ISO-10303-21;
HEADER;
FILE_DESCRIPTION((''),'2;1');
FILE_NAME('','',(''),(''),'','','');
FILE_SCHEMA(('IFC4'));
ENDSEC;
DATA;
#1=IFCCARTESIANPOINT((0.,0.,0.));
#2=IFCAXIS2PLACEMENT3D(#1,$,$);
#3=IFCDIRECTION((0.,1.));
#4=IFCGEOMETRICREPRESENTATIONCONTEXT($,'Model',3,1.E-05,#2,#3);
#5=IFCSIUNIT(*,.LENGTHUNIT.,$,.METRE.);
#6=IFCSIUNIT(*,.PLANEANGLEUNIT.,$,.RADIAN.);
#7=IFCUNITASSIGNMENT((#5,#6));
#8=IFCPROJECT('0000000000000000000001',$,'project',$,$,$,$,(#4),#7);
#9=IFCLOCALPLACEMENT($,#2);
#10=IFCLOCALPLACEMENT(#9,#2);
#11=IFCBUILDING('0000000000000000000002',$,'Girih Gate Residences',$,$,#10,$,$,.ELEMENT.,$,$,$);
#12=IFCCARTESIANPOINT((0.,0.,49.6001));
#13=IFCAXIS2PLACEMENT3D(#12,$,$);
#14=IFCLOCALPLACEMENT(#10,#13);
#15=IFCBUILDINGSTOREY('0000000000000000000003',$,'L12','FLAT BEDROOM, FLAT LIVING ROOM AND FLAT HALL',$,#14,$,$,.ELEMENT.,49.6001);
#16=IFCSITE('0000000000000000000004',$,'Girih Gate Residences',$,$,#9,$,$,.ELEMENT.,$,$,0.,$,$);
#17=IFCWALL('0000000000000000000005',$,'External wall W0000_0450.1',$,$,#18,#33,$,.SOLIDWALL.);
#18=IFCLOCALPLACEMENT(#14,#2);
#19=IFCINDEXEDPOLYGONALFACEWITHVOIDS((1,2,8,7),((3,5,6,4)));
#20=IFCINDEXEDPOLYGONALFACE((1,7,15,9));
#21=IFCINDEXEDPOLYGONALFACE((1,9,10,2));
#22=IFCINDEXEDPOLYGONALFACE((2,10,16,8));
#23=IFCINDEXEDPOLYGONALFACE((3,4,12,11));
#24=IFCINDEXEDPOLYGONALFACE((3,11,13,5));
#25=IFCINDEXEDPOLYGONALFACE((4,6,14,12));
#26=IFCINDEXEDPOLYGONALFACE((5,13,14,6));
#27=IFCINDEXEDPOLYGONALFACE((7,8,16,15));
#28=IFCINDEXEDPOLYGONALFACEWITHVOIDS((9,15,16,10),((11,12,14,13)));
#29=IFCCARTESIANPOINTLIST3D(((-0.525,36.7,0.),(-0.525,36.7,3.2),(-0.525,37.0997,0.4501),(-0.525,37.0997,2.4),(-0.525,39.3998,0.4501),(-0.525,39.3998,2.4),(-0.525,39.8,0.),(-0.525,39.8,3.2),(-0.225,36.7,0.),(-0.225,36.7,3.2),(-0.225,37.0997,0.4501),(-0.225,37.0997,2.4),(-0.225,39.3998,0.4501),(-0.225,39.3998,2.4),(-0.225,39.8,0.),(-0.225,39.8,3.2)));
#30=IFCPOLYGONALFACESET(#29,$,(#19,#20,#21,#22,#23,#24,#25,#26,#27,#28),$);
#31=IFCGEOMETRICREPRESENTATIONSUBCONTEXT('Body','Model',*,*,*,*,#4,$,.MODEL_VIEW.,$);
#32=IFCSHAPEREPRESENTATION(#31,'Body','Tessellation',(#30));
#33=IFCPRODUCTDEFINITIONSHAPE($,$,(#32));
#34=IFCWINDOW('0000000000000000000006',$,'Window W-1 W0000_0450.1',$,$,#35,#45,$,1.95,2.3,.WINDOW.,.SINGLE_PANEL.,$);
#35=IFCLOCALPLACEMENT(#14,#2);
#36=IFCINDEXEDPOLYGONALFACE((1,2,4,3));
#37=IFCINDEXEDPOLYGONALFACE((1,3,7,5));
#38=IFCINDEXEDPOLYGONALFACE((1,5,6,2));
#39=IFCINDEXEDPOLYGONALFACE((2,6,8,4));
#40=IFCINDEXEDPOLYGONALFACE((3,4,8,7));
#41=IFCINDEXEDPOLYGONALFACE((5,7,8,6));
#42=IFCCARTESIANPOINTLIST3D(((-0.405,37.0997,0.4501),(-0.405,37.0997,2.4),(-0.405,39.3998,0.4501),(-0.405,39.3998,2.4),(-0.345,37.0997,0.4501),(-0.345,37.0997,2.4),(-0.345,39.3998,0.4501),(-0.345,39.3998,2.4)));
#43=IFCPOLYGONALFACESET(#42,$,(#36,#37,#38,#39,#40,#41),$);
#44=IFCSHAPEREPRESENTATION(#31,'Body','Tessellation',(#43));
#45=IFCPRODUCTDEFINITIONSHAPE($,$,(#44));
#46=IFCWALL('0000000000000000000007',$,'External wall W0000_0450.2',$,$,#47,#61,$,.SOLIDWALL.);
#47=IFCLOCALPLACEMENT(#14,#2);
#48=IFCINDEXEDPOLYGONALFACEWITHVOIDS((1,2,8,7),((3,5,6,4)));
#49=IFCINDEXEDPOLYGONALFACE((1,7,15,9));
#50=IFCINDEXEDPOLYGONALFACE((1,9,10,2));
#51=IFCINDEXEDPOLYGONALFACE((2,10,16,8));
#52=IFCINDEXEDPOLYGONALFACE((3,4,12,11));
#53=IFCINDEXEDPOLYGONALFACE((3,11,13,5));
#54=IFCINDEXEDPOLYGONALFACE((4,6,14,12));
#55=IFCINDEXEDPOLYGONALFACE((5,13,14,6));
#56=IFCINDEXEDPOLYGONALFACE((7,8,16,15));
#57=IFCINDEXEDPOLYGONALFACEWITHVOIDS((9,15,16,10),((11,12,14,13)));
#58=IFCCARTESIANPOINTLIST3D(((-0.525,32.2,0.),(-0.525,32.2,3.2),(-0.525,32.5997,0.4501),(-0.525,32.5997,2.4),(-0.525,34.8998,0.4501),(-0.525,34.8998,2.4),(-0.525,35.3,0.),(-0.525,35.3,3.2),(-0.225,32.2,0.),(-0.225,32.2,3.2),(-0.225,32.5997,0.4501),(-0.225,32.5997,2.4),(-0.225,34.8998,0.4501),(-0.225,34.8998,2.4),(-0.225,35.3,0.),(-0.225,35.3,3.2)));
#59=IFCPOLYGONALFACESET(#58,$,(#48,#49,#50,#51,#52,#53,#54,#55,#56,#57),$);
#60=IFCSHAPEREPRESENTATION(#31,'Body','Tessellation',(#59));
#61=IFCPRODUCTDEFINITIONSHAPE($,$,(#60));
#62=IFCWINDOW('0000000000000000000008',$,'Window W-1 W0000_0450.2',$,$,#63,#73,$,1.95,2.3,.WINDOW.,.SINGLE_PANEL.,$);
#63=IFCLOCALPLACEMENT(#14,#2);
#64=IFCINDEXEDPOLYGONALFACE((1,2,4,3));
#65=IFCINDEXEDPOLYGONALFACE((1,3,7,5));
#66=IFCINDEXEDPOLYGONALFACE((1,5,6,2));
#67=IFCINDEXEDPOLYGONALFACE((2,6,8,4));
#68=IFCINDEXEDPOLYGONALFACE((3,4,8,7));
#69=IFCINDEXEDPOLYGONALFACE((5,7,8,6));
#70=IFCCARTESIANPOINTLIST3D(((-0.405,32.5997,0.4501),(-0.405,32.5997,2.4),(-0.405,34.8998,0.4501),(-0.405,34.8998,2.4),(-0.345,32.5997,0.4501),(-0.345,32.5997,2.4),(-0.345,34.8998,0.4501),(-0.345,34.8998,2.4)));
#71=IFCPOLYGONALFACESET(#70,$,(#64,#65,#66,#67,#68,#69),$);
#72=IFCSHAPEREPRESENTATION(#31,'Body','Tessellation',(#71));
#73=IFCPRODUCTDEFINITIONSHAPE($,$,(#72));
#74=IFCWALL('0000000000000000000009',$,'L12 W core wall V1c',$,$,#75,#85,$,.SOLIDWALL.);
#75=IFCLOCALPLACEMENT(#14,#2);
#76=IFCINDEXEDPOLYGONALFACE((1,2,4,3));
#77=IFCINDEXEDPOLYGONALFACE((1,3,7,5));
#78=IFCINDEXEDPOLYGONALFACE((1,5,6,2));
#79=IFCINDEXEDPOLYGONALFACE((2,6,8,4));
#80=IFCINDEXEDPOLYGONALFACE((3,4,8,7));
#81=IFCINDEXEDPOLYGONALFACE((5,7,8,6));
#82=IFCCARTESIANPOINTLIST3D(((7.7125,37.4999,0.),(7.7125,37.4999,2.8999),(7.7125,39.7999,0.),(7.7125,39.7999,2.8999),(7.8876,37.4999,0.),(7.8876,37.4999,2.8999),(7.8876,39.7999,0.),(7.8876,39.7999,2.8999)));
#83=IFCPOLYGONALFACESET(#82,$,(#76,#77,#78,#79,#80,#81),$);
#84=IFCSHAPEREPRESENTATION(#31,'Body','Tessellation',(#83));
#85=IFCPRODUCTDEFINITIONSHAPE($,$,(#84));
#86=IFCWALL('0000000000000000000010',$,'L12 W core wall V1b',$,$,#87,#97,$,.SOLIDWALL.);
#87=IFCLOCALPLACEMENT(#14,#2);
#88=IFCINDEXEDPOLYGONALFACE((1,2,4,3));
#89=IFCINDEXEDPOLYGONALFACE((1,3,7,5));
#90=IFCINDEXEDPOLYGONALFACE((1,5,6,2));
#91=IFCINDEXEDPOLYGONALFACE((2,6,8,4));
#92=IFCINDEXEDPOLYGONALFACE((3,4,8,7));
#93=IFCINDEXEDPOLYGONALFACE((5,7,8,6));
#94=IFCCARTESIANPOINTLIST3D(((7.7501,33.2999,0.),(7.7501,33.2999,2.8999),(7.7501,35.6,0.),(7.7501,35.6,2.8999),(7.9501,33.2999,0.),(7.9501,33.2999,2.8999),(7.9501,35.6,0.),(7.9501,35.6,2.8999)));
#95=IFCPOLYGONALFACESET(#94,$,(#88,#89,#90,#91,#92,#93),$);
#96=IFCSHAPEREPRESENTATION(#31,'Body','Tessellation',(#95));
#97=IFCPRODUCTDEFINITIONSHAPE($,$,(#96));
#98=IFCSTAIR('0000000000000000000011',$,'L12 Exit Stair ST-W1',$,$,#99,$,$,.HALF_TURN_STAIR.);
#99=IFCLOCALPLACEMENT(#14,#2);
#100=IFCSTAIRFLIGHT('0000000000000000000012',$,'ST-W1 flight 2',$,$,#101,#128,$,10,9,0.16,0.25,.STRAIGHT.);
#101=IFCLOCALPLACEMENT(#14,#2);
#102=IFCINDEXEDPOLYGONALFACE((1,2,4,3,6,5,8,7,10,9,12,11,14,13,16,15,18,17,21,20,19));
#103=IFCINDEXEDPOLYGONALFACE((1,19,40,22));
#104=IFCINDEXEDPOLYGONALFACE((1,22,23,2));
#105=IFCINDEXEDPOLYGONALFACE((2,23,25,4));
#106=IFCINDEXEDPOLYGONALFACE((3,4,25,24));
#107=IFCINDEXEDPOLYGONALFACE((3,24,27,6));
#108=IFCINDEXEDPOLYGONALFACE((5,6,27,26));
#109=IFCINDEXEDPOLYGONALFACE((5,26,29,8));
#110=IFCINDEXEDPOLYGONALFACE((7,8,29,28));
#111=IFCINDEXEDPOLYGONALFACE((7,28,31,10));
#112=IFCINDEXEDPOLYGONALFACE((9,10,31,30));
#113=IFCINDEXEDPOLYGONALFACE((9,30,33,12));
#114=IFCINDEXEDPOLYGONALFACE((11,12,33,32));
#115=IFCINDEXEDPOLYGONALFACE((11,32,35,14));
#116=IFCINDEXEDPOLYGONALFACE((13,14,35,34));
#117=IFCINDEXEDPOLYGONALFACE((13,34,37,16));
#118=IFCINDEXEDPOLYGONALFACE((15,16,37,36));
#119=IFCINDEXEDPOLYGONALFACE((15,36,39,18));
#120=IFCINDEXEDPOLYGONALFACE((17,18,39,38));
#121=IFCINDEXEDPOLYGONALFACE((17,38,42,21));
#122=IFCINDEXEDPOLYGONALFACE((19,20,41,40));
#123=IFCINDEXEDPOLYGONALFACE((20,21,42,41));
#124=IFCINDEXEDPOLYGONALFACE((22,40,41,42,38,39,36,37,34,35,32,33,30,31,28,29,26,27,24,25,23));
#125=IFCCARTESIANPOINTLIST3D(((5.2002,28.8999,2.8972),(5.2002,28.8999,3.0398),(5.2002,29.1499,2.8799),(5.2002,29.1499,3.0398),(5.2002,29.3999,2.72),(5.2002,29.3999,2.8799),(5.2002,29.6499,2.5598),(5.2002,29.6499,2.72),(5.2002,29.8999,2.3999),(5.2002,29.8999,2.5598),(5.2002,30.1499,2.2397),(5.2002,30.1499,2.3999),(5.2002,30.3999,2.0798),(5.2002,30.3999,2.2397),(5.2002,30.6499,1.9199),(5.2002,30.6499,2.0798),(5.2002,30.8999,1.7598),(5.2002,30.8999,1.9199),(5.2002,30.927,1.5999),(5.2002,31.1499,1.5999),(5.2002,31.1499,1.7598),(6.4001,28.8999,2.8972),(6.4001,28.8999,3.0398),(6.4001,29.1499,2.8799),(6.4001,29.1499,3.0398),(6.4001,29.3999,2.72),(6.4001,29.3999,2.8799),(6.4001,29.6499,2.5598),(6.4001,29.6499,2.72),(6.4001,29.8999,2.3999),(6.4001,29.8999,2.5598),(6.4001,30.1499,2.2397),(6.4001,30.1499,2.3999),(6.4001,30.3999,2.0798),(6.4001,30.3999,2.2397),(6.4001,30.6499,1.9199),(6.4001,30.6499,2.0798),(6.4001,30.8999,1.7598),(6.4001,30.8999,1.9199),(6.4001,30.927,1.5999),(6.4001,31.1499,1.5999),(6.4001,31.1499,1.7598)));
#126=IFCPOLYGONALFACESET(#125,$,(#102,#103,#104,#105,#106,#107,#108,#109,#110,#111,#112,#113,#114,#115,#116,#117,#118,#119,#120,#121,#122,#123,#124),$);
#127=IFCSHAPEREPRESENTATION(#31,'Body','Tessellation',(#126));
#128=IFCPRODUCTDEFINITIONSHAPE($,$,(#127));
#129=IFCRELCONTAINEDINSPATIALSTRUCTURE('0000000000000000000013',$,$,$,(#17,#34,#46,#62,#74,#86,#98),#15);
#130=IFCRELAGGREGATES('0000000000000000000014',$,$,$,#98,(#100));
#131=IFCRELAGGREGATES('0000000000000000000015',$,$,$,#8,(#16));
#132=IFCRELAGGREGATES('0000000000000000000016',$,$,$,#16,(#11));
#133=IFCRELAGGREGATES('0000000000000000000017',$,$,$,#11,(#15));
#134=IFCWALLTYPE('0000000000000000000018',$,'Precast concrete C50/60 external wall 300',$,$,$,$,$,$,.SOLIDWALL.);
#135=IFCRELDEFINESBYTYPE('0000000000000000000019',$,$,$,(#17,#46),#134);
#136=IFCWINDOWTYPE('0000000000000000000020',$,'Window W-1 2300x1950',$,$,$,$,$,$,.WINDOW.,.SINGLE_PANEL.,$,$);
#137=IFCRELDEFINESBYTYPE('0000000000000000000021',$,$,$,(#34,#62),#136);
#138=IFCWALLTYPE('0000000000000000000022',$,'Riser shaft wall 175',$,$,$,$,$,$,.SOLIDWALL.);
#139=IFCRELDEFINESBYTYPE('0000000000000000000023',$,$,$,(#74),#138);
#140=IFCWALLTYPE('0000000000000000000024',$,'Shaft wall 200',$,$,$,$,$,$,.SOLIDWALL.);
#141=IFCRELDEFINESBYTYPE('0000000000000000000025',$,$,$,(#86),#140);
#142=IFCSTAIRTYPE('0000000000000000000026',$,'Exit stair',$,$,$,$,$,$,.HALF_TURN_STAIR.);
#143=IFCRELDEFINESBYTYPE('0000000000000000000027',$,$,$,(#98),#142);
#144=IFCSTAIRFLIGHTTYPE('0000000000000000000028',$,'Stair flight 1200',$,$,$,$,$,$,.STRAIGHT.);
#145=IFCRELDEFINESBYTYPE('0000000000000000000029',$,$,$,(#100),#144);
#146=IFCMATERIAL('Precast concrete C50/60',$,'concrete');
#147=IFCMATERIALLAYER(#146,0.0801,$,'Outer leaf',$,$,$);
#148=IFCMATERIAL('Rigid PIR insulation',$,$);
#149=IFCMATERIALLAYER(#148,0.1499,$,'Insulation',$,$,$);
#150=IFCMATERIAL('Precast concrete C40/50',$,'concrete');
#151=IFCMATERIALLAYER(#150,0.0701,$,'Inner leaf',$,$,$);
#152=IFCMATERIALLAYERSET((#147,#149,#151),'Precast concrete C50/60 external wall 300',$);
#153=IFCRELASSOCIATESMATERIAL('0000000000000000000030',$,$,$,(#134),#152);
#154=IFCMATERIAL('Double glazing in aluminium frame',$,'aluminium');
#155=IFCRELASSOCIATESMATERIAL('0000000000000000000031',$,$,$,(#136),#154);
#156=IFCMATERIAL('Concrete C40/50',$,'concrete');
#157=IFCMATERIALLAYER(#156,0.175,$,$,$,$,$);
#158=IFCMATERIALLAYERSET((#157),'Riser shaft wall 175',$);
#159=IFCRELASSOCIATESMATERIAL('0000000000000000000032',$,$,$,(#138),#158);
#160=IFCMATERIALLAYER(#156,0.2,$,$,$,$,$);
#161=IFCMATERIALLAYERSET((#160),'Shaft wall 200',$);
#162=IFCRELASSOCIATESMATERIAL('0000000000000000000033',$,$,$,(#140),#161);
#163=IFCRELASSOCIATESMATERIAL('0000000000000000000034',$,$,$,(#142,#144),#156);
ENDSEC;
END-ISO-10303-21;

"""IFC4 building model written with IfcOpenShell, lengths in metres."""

from ifc_helpers import new_model, si_unit, direction, frame, frame_2d, origin, place, context, subcontext, project, spatial, polyline, rectangle, outline, extrude, material, layer, layer_set, type_object, element, fill, aggregate, save


model = new_model("IFC4")

# Units and contexts
model_context = context("Model", 3, precision=1e-05, world=origin(), true_north=direction((0.0, 1.0)))
body_context = subcontext(model_context, "Body", "Model", "MODEL_VIEW")
ifc_project = project(units=[si_unit("LENGTHUNIT", "METRE"), si_unit("PLANEANGLEUNIT", "RADIAN")], contexts=[model_context])

# Site, building, storey
site_placement = place(None, origin())
site = spatial("IfcSite", under=ifc_project, at=site_placement, Name="Girih Gate Residences", CompositionType="ELEMENT", RefElevation=0.0)
building_placement = place(site_placement, origin())
building = spatial("IfcBuilding", under=site, at=building_placement, Name="Girih Gate Residences", CompositionType="ELEMENT")
storey_placement = place(building_placement, frame((0.0, 0.0, 49.6001)))
storey = spatial("IfcBuildingStorey", under=building, at=storey_placement, Name="L12", Description="FLAT BEDROOM, FLAT LIVING ROOM AND FLAT HALL", CompositionType="ELEMENT", Elevation=49.6001)

# Shared definitions
ifc_material_1 = material(Name="Concrete C40/50", Category="concrete")

# Walls, openings, windows
ifc_material_2 = material(Name="Precast concrete C50/60", Category="concrete")
ifc_layer_1 = layer(ifc_material_2, 0.0801, Name="Outer leaf")
ifc_material_3 = material(Name="Rigid PIR insulation")
ifc_layer_2 = layer(ifc_material_3, 0.1499, Name="Insulation")
ifc_material_4 = material(Name="Precast concrete C40/50", Category="concrete")
ifc_layer_3 = layer(ifc_material_4, 0.0701, Name="Inner leaf")
ifc_layer_set_1 = layer_set([ifc_layer_1, ifc_layer_2, ifc_layer_3], Name="Precast concrete C50/60 external wall 300")
wall_type_1 = type_object("IfcWallType", Name="Precast concrete C50/60 external wall 300", PredefinedType="SOLIDWALL", material=ifc_layer_set_1)
wall_1_placement = place(storey_placement, frame((-0.375, 36.7, 0.0), z_axis=(0.0, 0.0, 1.0), x_axis=(0.0, 1.0, 0.0)))
wall_1 = element("IfcWall", 1, at=wall_1_placement, inside=storey, type_object=wall_type_1, Name="External wall W0000_0450.1", PredefinedType="SOLIDWALL", context=body_context, shape_type="SweptSolid", body=[
    extrude(rectangle(XDim=3.1001, YDim=0.3, at=frame_2d((1.55, 0.0))), origin(), (0.0, 0.0, 1.0), 3.2),
])
opening_1_placement = place(wall_1_placement, frame((0.3999, 0.0, 0.45)))
opening_1 = element("IfcOpeningElement", 2, at=opening_1_placement, cuts=wall_1, PredefinedType="OPENING", context=body_context, shape_type="SweptSolid", body=[
    extrude(rectangle(XDim=2.3, YDim=1.95, at=frame_2d((1.1499, 0.9751))), frame((0.0, 0.1599, 0.0), z_axis=(0.0, -1.0, 0.0), x_axis=(1.0, 0.0, 0.0)), (0.0, 0.0, 1.0), 0.3201),
])
ifc_material_5 = material(Name="Double glazing in aluminium frame", Category="aluminium")
window_type = type_object("IfcWindowType", Name="Window W-1 2300x1950", PartitioningType="SINGLE_PANEL", PredefinedType="WINDOW", material=ifc_material_5)
window_1_placement = place(opening_1_placement, origin())
window_1 = element("IfcWindow", 3, at=window_1_placement, inside=storey, type_object=window_type, Name="Window W-1 W0000_0450.1", OverallHeight=1.95, OverallWidth=2.3, PartitioningType="SINGLE_PANEL", PredefinedType="WINDOW", context=body_context, shape_type="SweptSolid", body=[
    extrude(rectangle(XDim=2.3, YDim=1.95, at=frame_2d((1.1499, 0.9751))), frame((0.0, 0.03, 0.0), z_axis=(0.0, -1.0, 0.0), x_axis=(1.0, 0.0, 0.0)), (0.0, 0.0, 1.0), 0.0601),
])
fill(opening_1, window_1)
wall_2_placement = place(storey_placement, frame((-0.375, 32.2, 0.0), z_axis=(0.0, 0.0, 1.0), x_axis=(0.0, 1.0, 0.0)))
wall_2 = element("IfcWall", 4, at=wall_2_placement, inside=storey, type_object=wall_type_1, Name="External wall W0000_0450.2", PredefinedType="SOLIDWALL", context=body_context, shape_type="SweptSolid", body=[
    extrude(rectangle(XDim=3.1001, YDim=0.3, at=frame_2d((1.55, 0.0))), origin(), (0.0, 0.0, 1.0), 3.2),
])
opening_2_placement = place(wall_2_placement, frame((0.3999, 0.0, 0.45)))
opening_2 = element("IfcOpeningElement", 5, at=opening_2_placement, cuts=wall_2, PredefinedType="OPENING", context=body_context, shape_type="SweptSolid", body=[
    extrude(rectangle(XDim=2.3, YDim=1.95, at=frame_2d((1.1499, 0.9751))), frame((0.0, 0.1599, 0.0), z_axis=(0.0, -1.0, 0.0), x_axis=(1.0, 0.0, 0.0)), (0.0, 0.0, 1.0), 0.3201),
])
window_2_placement = place(opening_2_placement, origin())
window_2 = element("IfcWindow", 6, at=window_2_placement, inside=storey, type_object=window_type, Name="Window W-1 W0000_0450.2", OverallHeight=1.95, OverallWidth=2.3, PartitioningType="SINGLE_PANEL", PredefinedType="WINDOW", context=body_context, shape_type="SweptSolid", body=[
    extrude(rectangle(XDim=2.3, YDim=1.95, at=frame_2d((1.1499, 0.9751))), frame((0.0, 0.03, 0.0), z_axis=(0.0, -1.0, 0.0), x_axis=(1.0, 0.0, 0.0)), (0.0, 0.0, 1.0), 0.0601),
])
fill(opening_2, window_2)

# Walls
ifc_layer_4 = layer(ifc_material_1, 0.175)
ifc_layer_set_2 = layer_set([ifc_layer_4], Name="Riser shaft wall 175")
wall_type_2 = type_object("IfcWallType", Name="Riser shaft wall 175", PredefinedType="SOLIDWALL", material=ifc_layer_set_2)
wall_3_placement = place(storey_placement, frame((7.8, 37.5, 0.0), z_axis=(0.0, 0.0, 1.0), x_axis=(0.0, 1.0, 0.0)))
element("IfcWall", 7, at=wall_3_placement, inside=storey, type_object=wall_type_2, Name="L12 W core wall V1c", PredefinedType="SOLIDWALL", context=body_context, shape_type="SweptSolid", body=[
    extrude(rectangle(XDim=2.3, YDim=0.175, at=frame_2d((1.1499, 0.0))), origin(), (0.0, 0.0, 1.0), 2.8999),
])
ifc_layer_5 = layer(ifc_material_1, 0.2)
ifc_layer_set_3 = layer_set([ifc_layer_5], Name="Shaft wall 200")
wall_type_3 = type_object("IfcWallType", Name="Shaft wall 200", PredefinedType="SOLIDWALL", material=ifc_layer_set_3)
wall_4_placement = place(storey_placement, frame((7.8501, 33.3, 0.0), z_axis=(0.0, 0.0, 1.0), x_axis=(0.0, 1.0, 0.0)))
element("IfcWall", 8, at=wall_4_placement, inside=storey, type_object=wall_type_3, Name="L12 W core wall V1b", PredefinedType="SOLIDWALL", context=body_context, shape_type="SweptSolid", body=[
    extrude(rectangle(XDim=2.3, YDim=0.2, at=frame_2d((1.1499, 0.0))), origin(), (0.0, 0.0, 1.0), 2.8999),
])

# Stair, stair flight
stair_type = type_object("IfcStairType", Name="Exit stair", PredefinedType="HALF_TURN_STAIR", material=ifc_material_1)
stair_placement = place(storey_placement, origin())
stair = element("IfcStair", 9, at=stair_placement, inside=storey, type_object=stair_type, Name="L12 Exit Stair ST-W1", PredefinedType="HALF_TURN_STAIR")
stair_flight_type = type_object("IfcStairFlightType", Name="Stair flight 1200", PredefinedType="STRAIGHT", material=ifc_material_1)
stair_flight_placement = place(storey_placement, frame((5.8, 31.1499, 1.5999), z_axis=(0.0, 0.0, 1.0), x_axis=(0.0, -1.0, 0.0)))
stair_flight = element("IfcStairFlight", 10, at=stair_flight_placement, type_object=stair_flight_type, Name="ST-W1 flight 2", NumberOfRisers=10, NumberOfTreads=9, PredefinedType="STRAIGHT", RiserHeight=0.16, TreadLength=0.25, context=body_context, shape_type="SweptSolid", body=[
    extrude(outline(polyline([(0.0, 0.0), (0.0, 0.1599), (0.25, 0.1599), (0.25, 0.3201), (0.5, 0.3201), (0.5, 0.48), (0.75, 0.48), (0.75, 0.6399), (1.0, 0.6399), (1.0, 0.8), (1.25, 0.8), (1.25, 0.96), (1.5, 0.96), (1.5, 1.1201), (1.75, 1.1201), (1.75, 1.28), (2.0, 1.28), (2.0, 1.4399), (2.25, 1.4399), (2.25, 1.6001), (2.25, 1.2974), (0.2229, 0.0), (0.0, 0.0)])), frame((0.0, 0.6001, 0.0), z_axis=(0.0, -1.0, 0.0), x_axis=(1.0, 0.0, 0.0)), (0.0, 0.0, 1.0), 1.2),
])
aggregate(stair, [stair_flight])

save(model, "model.ifc")
